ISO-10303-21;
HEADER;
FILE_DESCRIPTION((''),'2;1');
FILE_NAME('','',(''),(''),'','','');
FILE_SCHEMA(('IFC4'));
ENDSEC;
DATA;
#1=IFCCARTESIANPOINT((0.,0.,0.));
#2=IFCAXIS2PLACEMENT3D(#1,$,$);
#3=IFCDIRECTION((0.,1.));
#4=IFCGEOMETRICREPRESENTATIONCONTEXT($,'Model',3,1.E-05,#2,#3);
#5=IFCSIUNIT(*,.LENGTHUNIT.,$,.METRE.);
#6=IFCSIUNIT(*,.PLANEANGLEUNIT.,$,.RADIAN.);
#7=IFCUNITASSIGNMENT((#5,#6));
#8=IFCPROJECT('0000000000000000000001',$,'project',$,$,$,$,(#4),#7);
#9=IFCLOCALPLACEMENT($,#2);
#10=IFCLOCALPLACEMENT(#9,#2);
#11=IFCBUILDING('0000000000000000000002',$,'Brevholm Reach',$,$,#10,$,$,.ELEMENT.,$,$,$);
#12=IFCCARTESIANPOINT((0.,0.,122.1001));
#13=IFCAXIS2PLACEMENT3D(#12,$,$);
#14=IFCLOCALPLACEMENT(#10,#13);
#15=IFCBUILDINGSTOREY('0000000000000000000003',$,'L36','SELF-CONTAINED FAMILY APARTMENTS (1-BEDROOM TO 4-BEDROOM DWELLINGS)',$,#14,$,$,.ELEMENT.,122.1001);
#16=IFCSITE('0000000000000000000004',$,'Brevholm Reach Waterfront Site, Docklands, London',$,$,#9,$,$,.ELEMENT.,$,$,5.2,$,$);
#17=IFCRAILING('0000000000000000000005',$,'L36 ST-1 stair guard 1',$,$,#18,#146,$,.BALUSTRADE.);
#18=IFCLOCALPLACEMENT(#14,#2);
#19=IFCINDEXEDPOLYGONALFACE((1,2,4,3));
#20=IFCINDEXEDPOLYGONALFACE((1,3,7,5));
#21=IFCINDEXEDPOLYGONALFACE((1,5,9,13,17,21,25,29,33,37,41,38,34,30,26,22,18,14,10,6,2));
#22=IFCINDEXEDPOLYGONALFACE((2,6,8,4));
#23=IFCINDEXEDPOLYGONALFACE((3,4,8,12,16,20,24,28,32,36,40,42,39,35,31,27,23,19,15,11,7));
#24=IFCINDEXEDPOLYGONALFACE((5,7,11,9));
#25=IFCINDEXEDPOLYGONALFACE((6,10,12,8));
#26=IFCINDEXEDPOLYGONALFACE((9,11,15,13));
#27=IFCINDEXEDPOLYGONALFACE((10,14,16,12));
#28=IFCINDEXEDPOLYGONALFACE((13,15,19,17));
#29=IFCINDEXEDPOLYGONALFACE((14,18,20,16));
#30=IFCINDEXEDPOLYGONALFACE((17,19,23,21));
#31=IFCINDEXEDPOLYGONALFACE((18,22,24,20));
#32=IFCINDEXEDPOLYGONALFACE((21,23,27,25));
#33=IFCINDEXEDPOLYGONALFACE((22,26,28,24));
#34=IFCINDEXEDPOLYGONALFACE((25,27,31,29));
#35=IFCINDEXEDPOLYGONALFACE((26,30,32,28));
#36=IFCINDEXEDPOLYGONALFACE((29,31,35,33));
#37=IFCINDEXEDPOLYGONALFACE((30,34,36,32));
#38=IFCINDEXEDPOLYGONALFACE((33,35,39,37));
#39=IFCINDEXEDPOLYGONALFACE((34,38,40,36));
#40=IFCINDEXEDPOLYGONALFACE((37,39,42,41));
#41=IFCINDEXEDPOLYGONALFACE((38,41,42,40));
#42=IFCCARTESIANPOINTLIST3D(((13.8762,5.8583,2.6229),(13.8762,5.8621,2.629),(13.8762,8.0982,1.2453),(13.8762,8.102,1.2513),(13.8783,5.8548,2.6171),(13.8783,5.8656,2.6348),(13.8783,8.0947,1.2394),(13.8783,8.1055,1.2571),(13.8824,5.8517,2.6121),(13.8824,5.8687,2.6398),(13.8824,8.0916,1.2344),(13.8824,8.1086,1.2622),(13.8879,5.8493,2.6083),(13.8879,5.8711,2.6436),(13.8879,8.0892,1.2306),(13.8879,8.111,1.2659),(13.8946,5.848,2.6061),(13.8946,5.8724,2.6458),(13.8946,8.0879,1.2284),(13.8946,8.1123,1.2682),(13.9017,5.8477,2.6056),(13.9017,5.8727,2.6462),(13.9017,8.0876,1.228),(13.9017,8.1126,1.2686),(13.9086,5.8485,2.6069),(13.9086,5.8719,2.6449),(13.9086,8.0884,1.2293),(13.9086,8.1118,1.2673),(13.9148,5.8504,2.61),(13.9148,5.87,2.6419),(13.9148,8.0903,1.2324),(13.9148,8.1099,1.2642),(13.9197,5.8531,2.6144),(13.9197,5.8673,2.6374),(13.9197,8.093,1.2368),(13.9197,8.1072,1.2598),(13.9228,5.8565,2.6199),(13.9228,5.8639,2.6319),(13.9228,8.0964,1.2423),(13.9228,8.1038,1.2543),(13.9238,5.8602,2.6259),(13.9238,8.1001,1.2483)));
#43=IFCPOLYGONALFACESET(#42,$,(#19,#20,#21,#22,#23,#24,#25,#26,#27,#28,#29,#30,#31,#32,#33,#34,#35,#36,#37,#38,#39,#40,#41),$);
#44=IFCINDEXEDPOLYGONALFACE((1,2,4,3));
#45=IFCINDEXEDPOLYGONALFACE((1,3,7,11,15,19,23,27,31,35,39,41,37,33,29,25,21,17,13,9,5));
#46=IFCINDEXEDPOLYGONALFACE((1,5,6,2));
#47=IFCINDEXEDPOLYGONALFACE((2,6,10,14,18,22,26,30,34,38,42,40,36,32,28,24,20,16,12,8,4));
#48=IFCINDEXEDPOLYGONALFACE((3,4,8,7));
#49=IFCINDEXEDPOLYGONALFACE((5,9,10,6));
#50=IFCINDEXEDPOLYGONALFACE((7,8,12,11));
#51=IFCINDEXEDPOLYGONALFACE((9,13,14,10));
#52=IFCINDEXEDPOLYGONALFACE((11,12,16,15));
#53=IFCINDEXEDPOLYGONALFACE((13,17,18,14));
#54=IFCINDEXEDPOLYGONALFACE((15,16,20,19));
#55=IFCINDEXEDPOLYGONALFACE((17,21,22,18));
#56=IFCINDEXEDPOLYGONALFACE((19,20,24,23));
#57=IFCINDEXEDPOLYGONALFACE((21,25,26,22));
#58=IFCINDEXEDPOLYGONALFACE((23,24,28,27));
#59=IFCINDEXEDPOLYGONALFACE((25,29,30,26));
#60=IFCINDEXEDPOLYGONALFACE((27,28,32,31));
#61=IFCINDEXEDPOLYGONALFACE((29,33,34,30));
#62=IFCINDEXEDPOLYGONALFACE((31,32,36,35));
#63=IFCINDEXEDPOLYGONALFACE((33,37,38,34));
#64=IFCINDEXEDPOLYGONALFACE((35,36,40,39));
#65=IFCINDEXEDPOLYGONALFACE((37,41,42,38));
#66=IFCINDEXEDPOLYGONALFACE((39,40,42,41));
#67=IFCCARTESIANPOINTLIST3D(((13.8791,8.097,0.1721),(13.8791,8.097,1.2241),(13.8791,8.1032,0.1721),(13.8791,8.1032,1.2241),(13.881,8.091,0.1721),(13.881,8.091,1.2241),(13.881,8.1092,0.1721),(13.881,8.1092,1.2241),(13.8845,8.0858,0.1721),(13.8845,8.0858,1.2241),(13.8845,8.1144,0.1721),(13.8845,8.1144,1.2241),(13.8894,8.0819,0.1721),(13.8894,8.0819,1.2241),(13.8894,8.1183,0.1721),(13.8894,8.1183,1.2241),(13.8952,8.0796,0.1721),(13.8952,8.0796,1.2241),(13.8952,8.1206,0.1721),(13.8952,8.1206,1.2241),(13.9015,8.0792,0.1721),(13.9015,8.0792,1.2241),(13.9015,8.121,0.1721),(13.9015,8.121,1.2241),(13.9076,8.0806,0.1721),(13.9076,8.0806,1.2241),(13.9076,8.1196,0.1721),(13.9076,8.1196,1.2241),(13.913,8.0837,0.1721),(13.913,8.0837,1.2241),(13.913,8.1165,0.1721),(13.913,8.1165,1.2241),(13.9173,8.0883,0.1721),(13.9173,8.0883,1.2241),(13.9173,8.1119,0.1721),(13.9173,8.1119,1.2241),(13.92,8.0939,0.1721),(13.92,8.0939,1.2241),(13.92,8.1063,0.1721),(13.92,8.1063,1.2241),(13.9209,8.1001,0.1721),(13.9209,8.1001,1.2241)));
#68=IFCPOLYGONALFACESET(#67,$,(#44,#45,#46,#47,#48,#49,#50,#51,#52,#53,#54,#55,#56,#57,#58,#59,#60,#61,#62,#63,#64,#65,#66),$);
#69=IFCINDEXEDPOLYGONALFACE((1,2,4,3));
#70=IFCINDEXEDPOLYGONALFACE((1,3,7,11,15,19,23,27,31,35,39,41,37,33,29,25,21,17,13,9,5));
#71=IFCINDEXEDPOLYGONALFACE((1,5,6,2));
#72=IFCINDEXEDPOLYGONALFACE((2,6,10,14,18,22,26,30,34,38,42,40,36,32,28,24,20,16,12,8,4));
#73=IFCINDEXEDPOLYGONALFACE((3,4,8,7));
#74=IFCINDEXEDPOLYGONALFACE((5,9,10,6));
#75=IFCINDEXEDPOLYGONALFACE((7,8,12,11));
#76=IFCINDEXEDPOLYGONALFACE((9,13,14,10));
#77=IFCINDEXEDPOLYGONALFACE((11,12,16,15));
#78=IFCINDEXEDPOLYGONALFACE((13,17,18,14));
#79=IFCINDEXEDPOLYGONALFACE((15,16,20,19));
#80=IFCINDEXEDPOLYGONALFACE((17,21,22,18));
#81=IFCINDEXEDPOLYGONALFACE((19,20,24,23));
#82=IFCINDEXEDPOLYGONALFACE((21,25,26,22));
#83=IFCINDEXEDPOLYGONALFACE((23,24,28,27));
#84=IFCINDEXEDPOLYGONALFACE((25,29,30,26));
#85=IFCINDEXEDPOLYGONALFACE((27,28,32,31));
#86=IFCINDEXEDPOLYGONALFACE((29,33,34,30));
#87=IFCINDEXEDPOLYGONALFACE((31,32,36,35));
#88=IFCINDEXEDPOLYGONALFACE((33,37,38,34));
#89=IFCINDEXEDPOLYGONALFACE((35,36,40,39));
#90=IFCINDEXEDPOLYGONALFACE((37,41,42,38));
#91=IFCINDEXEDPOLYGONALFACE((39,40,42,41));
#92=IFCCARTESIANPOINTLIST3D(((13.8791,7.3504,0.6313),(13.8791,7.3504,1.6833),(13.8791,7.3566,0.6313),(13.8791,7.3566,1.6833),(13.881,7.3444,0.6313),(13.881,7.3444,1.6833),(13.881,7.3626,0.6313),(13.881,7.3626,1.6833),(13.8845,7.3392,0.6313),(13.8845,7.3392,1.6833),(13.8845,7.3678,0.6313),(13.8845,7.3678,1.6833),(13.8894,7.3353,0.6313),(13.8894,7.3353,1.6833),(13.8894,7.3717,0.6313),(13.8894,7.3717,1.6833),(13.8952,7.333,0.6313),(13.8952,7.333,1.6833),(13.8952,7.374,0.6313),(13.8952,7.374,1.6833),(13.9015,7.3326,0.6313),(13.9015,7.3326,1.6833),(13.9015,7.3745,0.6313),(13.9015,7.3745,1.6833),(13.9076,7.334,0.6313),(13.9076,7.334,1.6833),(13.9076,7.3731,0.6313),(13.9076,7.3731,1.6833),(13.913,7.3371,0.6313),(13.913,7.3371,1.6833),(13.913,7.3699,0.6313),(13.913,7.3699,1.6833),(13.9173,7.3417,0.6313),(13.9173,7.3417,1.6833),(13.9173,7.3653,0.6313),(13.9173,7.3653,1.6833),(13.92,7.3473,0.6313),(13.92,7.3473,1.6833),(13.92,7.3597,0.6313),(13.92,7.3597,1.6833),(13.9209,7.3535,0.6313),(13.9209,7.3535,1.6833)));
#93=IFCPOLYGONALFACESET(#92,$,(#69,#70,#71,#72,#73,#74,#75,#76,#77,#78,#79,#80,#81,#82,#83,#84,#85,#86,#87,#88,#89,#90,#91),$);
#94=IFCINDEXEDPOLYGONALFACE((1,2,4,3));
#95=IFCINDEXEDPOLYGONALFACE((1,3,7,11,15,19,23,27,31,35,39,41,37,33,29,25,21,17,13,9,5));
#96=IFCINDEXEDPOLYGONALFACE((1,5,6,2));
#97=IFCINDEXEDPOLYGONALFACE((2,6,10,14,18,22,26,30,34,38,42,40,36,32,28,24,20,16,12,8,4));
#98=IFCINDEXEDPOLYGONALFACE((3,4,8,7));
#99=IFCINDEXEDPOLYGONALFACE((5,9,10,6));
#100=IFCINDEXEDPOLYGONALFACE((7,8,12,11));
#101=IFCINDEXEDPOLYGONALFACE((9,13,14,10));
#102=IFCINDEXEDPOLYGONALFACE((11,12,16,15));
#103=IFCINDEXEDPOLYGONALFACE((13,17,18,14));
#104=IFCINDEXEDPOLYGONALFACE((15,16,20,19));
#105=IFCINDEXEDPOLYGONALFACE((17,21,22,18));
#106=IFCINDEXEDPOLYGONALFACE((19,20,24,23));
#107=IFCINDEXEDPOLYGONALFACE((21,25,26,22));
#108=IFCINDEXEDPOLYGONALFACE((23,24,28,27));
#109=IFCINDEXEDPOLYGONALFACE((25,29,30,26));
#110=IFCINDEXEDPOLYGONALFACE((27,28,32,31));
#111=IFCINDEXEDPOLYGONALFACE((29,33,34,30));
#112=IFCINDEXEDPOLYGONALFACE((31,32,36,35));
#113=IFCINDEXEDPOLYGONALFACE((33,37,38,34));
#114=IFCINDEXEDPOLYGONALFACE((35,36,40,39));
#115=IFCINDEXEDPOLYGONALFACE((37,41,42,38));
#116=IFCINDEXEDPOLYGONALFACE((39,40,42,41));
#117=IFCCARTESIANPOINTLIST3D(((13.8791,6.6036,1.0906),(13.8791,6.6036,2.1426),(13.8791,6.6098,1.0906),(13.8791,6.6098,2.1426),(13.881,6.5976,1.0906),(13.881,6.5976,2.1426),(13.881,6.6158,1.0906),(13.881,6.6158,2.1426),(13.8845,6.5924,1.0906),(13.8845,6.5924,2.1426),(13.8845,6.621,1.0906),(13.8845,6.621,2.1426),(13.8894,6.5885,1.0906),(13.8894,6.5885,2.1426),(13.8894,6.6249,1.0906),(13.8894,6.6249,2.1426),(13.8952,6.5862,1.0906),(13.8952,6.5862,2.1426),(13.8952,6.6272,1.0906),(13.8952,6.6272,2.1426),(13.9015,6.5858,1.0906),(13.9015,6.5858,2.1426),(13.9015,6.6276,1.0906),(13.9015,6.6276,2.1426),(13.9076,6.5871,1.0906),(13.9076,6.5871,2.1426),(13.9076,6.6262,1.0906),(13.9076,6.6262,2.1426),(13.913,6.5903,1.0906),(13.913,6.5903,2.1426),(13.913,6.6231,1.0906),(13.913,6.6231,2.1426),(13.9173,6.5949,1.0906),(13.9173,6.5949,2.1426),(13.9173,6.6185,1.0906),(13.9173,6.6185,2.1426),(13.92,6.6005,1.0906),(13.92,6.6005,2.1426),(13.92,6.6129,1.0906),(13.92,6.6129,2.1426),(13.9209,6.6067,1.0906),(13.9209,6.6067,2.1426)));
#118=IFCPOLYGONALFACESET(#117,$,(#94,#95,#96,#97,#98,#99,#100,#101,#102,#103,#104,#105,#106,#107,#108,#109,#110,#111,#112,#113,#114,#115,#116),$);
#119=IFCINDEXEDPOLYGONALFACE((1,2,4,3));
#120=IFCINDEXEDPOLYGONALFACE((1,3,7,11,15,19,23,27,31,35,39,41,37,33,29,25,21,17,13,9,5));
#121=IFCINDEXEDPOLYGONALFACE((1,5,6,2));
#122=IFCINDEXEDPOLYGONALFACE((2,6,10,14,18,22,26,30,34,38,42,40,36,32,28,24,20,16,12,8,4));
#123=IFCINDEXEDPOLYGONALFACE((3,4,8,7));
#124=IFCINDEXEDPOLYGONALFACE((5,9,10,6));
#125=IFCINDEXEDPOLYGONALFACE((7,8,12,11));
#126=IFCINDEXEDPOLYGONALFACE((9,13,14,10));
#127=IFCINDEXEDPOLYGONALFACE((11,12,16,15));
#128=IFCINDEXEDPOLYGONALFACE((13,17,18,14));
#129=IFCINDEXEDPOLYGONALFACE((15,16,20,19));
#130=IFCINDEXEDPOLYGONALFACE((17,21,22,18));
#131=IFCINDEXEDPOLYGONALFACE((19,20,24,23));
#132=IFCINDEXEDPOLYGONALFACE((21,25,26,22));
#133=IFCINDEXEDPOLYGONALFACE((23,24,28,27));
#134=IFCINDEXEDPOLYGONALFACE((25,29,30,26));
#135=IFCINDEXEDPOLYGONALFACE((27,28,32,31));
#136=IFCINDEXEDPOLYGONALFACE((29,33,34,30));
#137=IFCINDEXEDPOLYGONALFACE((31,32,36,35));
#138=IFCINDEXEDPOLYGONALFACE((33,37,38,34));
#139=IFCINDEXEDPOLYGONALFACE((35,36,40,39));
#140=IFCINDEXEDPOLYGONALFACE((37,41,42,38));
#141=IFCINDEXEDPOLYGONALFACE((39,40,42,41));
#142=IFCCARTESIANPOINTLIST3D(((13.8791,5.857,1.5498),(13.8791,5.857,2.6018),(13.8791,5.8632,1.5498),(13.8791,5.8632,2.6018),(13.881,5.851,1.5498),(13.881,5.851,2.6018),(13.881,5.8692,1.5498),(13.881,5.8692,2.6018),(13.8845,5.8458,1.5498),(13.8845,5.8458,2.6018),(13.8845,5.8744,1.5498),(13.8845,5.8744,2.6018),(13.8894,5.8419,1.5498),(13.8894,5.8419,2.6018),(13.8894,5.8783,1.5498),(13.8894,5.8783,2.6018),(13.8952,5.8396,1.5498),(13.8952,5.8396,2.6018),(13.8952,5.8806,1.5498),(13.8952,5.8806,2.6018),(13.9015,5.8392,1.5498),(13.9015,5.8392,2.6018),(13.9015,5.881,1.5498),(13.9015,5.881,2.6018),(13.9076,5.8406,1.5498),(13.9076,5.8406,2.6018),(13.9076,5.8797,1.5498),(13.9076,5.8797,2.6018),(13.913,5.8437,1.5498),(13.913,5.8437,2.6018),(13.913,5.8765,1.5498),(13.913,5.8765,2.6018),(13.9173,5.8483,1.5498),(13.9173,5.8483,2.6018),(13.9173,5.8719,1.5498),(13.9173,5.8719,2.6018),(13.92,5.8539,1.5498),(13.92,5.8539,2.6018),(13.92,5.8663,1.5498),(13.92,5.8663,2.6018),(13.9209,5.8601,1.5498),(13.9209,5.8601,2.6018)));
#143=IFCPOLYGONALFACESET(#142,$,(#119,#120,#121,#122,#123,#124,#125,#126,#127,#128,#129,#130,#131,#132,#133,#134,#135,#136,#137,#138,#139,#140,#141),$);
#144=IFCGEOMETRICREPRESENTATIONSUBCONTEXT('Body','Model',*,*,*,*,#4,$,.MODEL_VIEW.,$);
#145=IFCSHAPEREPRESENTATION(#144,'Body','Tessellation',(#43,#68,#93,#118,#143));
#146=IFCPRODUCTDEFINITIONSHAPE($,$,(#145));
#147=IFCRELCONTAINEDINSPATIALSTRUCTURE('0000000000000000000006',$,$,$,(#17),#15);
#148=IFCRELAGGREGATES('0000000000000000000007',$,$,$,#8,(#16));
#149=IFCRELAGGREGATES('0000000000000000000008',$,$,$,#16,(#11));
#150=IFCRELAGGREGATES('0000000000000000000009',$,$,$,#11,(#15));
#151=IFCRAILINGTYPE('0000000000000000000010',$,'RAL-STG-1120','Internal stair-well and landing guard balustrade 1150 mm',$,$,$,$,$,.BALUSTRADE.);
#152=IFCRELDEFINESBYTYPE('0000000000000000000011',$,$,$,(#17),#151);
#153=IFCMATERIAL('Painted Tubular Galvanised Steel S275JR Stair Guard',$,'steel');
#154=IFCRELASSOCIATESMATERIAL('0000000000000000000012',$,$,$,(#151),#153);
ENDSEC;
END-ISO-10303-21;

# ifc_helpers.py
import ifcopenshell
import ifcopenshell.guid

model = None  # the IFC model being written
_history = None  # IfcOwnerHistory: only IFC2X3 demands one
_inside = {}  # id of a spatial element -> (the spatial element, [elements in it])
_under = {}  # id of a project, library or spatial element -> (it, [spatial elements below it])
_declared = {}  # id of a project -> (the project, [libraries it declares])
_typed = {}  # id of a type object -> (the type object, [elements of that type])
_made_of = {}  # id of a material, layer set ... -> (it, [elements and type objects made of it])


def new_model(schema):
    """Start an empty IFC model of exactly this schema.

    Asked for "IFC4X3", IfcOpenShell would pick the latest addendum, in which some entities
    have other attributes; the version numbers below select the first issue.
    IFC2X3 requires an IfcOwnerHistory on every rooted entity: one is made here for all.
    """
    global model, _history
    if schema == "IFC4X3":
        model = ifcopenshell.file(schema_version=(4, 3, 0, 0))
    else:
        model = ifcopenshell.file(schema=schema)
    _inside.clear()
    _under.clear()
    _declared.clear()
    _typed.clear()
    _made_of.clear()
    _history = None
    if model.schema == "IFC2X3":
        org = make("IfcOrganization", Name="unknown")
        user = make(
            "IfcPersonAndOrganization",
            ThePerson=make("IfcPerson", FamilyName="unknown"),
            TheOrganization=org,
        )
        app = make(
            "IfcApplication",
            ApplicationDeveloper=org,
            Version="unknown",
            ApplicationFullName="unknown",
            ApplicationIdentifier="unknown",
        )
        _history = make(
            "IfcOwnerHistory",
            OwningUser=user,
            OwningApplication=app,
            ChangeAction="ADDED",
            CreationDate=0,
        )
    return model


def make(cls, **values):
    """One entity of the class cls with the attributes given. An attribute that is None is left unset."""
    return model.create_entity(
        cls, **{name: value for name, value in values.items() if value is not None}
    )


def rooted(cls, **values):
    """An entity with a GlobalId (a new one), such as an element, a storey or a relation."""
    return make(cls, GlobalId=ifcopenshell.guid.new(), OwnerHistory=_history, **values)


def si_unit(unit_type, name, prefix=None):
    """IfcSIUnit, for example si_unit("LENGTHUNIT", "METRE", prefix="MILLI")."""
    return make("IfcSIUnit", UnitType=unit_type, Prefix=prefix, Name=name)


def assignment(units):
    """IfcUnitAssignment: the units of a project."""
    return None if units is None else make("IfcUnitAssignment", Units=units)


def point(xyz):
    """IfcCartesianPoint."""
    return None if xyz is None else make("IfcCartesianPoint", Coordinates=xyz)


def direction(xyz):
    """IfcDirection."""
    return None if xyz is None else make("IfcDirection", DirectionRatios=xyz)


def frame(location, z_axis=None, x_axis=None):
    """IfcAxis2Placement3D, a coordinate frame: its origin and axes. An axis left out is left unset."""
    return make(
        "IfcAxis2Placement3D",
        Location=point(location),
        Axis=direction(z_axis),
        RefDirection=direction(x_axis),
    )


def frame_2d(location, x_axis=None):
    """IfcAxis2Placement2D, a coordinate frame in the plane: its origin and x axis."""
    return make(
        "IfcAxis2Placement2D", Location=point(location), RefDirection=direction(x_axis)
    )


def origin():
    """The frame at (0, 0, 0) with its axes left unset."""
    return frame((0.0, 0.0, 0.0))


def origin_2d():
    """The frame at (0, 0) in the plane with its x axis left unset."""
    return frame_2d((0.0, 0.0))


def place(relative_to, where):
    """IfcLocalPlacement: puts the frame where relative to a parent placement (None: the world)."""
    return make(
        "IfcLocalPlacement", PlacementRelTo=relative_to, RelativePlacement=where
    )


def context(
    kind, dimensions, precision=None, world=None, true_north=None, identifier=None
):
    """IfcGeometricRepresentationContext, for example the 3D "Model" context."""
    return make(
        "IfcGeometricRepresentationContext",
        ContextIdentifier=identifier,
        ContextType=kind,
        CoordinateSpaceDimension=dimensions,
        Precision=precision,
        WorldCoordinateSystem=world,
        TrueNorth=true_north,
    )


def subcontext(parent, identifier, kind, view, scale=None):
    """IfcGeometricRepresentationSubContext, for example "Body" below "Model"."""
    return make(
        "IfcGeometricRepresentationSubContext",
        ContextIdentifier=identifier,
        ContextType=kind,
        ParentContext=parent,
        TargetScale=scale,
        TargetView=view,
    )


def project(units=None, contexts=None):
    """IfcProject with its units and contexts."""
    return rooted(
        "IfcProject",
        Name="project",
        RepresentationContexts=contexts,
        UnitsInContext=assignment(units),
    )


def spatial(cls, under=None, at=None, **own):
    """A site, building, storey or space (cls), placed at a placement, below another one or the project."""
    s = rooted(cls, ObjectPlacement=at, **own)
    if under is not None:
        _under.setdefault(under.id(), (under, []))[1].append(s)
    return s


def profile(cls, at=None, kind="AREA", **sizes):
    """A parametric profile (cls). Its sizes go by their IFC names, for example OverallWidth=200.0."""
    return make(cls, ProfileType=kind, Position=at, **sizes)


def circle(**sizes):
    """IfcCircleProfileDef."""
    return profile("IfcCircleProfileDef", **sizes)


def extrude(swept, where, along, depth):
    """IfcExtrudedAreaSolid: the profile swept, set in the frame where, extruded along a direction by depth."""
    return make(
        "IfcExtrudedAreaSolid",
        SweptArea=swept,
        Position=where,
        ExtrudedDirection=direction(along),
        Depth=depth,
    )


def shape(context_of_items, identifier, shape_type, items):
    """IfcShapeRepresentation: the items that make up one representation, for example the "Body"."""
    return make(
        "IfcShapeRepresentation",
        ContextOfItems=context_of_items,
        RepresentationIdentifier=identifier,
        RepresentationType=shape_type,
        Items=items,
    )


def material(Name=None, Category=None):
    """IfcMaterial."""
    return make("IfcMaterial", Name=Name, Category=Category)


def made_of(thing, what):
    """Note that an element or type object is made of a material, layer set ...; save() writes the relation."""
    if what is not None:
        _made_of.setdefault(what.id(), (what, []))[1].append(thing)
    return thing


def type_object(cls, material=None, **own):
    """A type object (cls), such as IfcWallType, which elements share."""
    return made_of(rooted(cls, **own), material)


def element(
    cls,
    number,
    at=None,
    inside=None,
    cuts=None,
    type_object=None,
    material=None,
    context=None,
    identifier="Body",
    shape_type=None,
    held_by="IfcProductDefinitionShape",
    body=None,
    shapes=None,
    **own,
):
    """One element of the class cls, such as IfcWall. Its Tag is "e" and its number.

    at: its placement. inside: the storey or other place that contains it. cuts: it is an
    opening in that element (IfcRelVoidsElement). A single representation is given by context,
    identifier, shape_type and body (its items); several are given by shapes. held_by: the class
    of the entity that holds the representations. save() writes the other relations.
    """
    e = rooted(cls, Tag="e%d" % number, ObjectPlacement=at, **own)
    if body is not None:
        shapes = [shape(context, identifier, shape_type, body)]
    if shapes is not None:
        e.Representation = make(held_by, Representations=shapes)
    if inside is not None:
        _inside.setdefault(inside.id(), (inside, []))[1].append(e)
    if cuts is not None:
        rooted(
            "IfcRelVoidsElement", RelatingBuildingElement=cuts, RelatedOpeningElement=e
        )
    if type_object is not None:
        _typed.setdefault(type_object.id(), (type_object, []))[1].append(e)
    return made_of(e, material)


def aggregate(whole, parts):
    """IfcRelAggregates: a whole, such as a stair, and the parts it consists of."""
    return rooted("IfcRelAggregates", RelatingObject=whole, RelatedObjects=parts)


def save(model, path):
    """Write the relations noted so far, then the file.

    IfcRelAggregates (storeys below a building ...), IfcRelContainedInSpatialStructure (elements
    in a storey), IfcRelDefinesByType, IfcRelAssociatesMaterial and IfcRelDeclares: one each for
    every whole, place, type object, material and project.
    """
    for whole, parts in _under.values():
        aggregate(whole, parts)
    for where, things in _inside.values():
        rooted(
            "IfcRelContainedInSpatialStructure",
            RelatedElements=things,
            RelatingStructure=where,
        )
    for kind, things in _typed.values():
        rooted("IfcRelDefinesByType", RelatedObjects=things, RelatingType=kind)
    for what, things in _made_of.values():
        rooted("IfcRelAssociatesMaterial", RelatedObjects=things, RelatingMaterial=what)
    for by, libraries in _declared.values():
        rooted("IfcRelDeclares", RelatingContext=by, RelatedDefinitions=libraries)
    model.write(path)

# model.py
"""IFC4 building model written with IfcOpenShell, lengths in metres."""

from ifc_helpers import new_model, si_unit, direction, frame, origin, origin_2d, place, context, subcontext, project, spatial, circle, extrude, material, type_object, element, save


model = new_model("IFC4")

# Units and contexts
model_context = context("Model", 3, precision=1e-05, world=origin(), true_north=direction((0.0, 1.0)))
body_context = subcontext(model_context, "Body", "Model", "MODEL_VIEW")
ifc_project = project(units=[si_unit("LENGTHUNIT", "METRE"), si_unit("PLANEANGLEUNIT", "RADIAN")], contexts=[model_context])

# Site, building, storey
site_placement = place(None, origin())
site = spatial("IfcSite", under=ifc_project, at=site_placement, Name="Brevholm Reach Waterfront Site, Docklands, London", CompositionType="ELEMENT", RefElevation=5.2)
building_placement = place(site_placement, origin())
building = spatial("IfcBuilding", under=site, at=building_placement, Name="Brevholm Reach", CompositionType="ELEMENT")
storey_placement = place(building_placement, frame((0.0, 0.0, 122.1001)))
storey = spatial("IfcBuildingStorey", under=building, at=storey_placement, Name="L36", Description="SELF-CONTAINED FAMILY APARTMENTS (1-BEDROOM TO 4-BEDROOM DWELLINGS)", CompositionType="ELEMENT", Elevation=122.1001)

# Railing
ifc_material_1 = material(Name="Painted Tubular Galvanised Steel S275JR Stair Guard", Category="steel")
railing_type_1 = type_object("IfcRailingType", Name="RAL-STG-1120", Description="Internal stair-well and landing guard balustrade 1150 mm", PredefinedType="BALUSTRADE", material=ifc_material_1)
railing_1_placement = place(storey_placement, frame((13.8999, 8.1001, 0.1721)))
element("IfcRailing", 1, at=railing_1_placement, inside=storey, type_object=railing_type_1, Name="L36 ST-1 stair guard 1", PredefinedType="BALUSTRADE", context=body_context, shape_type="SweptSolid", body=[
    extrude(circle(Radius=0.0239, at=origin_2d()), frame((0.0, 0.0, 1.0762), z_axis=(0.0, -0.851789, 0.523885), x_axis=(1.0, 0.0, 0.0)), (0.0, 0.0, 1.0), 2.6296),
    extrude(circle(Radius=0.021, at=origin_2d()), origin(), (0.0, 0.0, 1.0), 1.052),
    extrude(circle(Radius=0.021, at=origin_2d()), frame((0.0, -0.7466, 0.4592)), (0.0, 0.0, 1.0), 1.052),
    extrude(circle(Radius=0.021, at=origin_2d()), frame((0.0, -1.4934, 0.9185)), (0.0, 0.0, 1.0), 1.052),
    extrude(circle(Radius=0.021, at=origin_2d()), frame((0.0, -2.24, 1.3777)), (0.0, 0.0, 1.0), 1.052),
])

save(model, "model.ifc")
